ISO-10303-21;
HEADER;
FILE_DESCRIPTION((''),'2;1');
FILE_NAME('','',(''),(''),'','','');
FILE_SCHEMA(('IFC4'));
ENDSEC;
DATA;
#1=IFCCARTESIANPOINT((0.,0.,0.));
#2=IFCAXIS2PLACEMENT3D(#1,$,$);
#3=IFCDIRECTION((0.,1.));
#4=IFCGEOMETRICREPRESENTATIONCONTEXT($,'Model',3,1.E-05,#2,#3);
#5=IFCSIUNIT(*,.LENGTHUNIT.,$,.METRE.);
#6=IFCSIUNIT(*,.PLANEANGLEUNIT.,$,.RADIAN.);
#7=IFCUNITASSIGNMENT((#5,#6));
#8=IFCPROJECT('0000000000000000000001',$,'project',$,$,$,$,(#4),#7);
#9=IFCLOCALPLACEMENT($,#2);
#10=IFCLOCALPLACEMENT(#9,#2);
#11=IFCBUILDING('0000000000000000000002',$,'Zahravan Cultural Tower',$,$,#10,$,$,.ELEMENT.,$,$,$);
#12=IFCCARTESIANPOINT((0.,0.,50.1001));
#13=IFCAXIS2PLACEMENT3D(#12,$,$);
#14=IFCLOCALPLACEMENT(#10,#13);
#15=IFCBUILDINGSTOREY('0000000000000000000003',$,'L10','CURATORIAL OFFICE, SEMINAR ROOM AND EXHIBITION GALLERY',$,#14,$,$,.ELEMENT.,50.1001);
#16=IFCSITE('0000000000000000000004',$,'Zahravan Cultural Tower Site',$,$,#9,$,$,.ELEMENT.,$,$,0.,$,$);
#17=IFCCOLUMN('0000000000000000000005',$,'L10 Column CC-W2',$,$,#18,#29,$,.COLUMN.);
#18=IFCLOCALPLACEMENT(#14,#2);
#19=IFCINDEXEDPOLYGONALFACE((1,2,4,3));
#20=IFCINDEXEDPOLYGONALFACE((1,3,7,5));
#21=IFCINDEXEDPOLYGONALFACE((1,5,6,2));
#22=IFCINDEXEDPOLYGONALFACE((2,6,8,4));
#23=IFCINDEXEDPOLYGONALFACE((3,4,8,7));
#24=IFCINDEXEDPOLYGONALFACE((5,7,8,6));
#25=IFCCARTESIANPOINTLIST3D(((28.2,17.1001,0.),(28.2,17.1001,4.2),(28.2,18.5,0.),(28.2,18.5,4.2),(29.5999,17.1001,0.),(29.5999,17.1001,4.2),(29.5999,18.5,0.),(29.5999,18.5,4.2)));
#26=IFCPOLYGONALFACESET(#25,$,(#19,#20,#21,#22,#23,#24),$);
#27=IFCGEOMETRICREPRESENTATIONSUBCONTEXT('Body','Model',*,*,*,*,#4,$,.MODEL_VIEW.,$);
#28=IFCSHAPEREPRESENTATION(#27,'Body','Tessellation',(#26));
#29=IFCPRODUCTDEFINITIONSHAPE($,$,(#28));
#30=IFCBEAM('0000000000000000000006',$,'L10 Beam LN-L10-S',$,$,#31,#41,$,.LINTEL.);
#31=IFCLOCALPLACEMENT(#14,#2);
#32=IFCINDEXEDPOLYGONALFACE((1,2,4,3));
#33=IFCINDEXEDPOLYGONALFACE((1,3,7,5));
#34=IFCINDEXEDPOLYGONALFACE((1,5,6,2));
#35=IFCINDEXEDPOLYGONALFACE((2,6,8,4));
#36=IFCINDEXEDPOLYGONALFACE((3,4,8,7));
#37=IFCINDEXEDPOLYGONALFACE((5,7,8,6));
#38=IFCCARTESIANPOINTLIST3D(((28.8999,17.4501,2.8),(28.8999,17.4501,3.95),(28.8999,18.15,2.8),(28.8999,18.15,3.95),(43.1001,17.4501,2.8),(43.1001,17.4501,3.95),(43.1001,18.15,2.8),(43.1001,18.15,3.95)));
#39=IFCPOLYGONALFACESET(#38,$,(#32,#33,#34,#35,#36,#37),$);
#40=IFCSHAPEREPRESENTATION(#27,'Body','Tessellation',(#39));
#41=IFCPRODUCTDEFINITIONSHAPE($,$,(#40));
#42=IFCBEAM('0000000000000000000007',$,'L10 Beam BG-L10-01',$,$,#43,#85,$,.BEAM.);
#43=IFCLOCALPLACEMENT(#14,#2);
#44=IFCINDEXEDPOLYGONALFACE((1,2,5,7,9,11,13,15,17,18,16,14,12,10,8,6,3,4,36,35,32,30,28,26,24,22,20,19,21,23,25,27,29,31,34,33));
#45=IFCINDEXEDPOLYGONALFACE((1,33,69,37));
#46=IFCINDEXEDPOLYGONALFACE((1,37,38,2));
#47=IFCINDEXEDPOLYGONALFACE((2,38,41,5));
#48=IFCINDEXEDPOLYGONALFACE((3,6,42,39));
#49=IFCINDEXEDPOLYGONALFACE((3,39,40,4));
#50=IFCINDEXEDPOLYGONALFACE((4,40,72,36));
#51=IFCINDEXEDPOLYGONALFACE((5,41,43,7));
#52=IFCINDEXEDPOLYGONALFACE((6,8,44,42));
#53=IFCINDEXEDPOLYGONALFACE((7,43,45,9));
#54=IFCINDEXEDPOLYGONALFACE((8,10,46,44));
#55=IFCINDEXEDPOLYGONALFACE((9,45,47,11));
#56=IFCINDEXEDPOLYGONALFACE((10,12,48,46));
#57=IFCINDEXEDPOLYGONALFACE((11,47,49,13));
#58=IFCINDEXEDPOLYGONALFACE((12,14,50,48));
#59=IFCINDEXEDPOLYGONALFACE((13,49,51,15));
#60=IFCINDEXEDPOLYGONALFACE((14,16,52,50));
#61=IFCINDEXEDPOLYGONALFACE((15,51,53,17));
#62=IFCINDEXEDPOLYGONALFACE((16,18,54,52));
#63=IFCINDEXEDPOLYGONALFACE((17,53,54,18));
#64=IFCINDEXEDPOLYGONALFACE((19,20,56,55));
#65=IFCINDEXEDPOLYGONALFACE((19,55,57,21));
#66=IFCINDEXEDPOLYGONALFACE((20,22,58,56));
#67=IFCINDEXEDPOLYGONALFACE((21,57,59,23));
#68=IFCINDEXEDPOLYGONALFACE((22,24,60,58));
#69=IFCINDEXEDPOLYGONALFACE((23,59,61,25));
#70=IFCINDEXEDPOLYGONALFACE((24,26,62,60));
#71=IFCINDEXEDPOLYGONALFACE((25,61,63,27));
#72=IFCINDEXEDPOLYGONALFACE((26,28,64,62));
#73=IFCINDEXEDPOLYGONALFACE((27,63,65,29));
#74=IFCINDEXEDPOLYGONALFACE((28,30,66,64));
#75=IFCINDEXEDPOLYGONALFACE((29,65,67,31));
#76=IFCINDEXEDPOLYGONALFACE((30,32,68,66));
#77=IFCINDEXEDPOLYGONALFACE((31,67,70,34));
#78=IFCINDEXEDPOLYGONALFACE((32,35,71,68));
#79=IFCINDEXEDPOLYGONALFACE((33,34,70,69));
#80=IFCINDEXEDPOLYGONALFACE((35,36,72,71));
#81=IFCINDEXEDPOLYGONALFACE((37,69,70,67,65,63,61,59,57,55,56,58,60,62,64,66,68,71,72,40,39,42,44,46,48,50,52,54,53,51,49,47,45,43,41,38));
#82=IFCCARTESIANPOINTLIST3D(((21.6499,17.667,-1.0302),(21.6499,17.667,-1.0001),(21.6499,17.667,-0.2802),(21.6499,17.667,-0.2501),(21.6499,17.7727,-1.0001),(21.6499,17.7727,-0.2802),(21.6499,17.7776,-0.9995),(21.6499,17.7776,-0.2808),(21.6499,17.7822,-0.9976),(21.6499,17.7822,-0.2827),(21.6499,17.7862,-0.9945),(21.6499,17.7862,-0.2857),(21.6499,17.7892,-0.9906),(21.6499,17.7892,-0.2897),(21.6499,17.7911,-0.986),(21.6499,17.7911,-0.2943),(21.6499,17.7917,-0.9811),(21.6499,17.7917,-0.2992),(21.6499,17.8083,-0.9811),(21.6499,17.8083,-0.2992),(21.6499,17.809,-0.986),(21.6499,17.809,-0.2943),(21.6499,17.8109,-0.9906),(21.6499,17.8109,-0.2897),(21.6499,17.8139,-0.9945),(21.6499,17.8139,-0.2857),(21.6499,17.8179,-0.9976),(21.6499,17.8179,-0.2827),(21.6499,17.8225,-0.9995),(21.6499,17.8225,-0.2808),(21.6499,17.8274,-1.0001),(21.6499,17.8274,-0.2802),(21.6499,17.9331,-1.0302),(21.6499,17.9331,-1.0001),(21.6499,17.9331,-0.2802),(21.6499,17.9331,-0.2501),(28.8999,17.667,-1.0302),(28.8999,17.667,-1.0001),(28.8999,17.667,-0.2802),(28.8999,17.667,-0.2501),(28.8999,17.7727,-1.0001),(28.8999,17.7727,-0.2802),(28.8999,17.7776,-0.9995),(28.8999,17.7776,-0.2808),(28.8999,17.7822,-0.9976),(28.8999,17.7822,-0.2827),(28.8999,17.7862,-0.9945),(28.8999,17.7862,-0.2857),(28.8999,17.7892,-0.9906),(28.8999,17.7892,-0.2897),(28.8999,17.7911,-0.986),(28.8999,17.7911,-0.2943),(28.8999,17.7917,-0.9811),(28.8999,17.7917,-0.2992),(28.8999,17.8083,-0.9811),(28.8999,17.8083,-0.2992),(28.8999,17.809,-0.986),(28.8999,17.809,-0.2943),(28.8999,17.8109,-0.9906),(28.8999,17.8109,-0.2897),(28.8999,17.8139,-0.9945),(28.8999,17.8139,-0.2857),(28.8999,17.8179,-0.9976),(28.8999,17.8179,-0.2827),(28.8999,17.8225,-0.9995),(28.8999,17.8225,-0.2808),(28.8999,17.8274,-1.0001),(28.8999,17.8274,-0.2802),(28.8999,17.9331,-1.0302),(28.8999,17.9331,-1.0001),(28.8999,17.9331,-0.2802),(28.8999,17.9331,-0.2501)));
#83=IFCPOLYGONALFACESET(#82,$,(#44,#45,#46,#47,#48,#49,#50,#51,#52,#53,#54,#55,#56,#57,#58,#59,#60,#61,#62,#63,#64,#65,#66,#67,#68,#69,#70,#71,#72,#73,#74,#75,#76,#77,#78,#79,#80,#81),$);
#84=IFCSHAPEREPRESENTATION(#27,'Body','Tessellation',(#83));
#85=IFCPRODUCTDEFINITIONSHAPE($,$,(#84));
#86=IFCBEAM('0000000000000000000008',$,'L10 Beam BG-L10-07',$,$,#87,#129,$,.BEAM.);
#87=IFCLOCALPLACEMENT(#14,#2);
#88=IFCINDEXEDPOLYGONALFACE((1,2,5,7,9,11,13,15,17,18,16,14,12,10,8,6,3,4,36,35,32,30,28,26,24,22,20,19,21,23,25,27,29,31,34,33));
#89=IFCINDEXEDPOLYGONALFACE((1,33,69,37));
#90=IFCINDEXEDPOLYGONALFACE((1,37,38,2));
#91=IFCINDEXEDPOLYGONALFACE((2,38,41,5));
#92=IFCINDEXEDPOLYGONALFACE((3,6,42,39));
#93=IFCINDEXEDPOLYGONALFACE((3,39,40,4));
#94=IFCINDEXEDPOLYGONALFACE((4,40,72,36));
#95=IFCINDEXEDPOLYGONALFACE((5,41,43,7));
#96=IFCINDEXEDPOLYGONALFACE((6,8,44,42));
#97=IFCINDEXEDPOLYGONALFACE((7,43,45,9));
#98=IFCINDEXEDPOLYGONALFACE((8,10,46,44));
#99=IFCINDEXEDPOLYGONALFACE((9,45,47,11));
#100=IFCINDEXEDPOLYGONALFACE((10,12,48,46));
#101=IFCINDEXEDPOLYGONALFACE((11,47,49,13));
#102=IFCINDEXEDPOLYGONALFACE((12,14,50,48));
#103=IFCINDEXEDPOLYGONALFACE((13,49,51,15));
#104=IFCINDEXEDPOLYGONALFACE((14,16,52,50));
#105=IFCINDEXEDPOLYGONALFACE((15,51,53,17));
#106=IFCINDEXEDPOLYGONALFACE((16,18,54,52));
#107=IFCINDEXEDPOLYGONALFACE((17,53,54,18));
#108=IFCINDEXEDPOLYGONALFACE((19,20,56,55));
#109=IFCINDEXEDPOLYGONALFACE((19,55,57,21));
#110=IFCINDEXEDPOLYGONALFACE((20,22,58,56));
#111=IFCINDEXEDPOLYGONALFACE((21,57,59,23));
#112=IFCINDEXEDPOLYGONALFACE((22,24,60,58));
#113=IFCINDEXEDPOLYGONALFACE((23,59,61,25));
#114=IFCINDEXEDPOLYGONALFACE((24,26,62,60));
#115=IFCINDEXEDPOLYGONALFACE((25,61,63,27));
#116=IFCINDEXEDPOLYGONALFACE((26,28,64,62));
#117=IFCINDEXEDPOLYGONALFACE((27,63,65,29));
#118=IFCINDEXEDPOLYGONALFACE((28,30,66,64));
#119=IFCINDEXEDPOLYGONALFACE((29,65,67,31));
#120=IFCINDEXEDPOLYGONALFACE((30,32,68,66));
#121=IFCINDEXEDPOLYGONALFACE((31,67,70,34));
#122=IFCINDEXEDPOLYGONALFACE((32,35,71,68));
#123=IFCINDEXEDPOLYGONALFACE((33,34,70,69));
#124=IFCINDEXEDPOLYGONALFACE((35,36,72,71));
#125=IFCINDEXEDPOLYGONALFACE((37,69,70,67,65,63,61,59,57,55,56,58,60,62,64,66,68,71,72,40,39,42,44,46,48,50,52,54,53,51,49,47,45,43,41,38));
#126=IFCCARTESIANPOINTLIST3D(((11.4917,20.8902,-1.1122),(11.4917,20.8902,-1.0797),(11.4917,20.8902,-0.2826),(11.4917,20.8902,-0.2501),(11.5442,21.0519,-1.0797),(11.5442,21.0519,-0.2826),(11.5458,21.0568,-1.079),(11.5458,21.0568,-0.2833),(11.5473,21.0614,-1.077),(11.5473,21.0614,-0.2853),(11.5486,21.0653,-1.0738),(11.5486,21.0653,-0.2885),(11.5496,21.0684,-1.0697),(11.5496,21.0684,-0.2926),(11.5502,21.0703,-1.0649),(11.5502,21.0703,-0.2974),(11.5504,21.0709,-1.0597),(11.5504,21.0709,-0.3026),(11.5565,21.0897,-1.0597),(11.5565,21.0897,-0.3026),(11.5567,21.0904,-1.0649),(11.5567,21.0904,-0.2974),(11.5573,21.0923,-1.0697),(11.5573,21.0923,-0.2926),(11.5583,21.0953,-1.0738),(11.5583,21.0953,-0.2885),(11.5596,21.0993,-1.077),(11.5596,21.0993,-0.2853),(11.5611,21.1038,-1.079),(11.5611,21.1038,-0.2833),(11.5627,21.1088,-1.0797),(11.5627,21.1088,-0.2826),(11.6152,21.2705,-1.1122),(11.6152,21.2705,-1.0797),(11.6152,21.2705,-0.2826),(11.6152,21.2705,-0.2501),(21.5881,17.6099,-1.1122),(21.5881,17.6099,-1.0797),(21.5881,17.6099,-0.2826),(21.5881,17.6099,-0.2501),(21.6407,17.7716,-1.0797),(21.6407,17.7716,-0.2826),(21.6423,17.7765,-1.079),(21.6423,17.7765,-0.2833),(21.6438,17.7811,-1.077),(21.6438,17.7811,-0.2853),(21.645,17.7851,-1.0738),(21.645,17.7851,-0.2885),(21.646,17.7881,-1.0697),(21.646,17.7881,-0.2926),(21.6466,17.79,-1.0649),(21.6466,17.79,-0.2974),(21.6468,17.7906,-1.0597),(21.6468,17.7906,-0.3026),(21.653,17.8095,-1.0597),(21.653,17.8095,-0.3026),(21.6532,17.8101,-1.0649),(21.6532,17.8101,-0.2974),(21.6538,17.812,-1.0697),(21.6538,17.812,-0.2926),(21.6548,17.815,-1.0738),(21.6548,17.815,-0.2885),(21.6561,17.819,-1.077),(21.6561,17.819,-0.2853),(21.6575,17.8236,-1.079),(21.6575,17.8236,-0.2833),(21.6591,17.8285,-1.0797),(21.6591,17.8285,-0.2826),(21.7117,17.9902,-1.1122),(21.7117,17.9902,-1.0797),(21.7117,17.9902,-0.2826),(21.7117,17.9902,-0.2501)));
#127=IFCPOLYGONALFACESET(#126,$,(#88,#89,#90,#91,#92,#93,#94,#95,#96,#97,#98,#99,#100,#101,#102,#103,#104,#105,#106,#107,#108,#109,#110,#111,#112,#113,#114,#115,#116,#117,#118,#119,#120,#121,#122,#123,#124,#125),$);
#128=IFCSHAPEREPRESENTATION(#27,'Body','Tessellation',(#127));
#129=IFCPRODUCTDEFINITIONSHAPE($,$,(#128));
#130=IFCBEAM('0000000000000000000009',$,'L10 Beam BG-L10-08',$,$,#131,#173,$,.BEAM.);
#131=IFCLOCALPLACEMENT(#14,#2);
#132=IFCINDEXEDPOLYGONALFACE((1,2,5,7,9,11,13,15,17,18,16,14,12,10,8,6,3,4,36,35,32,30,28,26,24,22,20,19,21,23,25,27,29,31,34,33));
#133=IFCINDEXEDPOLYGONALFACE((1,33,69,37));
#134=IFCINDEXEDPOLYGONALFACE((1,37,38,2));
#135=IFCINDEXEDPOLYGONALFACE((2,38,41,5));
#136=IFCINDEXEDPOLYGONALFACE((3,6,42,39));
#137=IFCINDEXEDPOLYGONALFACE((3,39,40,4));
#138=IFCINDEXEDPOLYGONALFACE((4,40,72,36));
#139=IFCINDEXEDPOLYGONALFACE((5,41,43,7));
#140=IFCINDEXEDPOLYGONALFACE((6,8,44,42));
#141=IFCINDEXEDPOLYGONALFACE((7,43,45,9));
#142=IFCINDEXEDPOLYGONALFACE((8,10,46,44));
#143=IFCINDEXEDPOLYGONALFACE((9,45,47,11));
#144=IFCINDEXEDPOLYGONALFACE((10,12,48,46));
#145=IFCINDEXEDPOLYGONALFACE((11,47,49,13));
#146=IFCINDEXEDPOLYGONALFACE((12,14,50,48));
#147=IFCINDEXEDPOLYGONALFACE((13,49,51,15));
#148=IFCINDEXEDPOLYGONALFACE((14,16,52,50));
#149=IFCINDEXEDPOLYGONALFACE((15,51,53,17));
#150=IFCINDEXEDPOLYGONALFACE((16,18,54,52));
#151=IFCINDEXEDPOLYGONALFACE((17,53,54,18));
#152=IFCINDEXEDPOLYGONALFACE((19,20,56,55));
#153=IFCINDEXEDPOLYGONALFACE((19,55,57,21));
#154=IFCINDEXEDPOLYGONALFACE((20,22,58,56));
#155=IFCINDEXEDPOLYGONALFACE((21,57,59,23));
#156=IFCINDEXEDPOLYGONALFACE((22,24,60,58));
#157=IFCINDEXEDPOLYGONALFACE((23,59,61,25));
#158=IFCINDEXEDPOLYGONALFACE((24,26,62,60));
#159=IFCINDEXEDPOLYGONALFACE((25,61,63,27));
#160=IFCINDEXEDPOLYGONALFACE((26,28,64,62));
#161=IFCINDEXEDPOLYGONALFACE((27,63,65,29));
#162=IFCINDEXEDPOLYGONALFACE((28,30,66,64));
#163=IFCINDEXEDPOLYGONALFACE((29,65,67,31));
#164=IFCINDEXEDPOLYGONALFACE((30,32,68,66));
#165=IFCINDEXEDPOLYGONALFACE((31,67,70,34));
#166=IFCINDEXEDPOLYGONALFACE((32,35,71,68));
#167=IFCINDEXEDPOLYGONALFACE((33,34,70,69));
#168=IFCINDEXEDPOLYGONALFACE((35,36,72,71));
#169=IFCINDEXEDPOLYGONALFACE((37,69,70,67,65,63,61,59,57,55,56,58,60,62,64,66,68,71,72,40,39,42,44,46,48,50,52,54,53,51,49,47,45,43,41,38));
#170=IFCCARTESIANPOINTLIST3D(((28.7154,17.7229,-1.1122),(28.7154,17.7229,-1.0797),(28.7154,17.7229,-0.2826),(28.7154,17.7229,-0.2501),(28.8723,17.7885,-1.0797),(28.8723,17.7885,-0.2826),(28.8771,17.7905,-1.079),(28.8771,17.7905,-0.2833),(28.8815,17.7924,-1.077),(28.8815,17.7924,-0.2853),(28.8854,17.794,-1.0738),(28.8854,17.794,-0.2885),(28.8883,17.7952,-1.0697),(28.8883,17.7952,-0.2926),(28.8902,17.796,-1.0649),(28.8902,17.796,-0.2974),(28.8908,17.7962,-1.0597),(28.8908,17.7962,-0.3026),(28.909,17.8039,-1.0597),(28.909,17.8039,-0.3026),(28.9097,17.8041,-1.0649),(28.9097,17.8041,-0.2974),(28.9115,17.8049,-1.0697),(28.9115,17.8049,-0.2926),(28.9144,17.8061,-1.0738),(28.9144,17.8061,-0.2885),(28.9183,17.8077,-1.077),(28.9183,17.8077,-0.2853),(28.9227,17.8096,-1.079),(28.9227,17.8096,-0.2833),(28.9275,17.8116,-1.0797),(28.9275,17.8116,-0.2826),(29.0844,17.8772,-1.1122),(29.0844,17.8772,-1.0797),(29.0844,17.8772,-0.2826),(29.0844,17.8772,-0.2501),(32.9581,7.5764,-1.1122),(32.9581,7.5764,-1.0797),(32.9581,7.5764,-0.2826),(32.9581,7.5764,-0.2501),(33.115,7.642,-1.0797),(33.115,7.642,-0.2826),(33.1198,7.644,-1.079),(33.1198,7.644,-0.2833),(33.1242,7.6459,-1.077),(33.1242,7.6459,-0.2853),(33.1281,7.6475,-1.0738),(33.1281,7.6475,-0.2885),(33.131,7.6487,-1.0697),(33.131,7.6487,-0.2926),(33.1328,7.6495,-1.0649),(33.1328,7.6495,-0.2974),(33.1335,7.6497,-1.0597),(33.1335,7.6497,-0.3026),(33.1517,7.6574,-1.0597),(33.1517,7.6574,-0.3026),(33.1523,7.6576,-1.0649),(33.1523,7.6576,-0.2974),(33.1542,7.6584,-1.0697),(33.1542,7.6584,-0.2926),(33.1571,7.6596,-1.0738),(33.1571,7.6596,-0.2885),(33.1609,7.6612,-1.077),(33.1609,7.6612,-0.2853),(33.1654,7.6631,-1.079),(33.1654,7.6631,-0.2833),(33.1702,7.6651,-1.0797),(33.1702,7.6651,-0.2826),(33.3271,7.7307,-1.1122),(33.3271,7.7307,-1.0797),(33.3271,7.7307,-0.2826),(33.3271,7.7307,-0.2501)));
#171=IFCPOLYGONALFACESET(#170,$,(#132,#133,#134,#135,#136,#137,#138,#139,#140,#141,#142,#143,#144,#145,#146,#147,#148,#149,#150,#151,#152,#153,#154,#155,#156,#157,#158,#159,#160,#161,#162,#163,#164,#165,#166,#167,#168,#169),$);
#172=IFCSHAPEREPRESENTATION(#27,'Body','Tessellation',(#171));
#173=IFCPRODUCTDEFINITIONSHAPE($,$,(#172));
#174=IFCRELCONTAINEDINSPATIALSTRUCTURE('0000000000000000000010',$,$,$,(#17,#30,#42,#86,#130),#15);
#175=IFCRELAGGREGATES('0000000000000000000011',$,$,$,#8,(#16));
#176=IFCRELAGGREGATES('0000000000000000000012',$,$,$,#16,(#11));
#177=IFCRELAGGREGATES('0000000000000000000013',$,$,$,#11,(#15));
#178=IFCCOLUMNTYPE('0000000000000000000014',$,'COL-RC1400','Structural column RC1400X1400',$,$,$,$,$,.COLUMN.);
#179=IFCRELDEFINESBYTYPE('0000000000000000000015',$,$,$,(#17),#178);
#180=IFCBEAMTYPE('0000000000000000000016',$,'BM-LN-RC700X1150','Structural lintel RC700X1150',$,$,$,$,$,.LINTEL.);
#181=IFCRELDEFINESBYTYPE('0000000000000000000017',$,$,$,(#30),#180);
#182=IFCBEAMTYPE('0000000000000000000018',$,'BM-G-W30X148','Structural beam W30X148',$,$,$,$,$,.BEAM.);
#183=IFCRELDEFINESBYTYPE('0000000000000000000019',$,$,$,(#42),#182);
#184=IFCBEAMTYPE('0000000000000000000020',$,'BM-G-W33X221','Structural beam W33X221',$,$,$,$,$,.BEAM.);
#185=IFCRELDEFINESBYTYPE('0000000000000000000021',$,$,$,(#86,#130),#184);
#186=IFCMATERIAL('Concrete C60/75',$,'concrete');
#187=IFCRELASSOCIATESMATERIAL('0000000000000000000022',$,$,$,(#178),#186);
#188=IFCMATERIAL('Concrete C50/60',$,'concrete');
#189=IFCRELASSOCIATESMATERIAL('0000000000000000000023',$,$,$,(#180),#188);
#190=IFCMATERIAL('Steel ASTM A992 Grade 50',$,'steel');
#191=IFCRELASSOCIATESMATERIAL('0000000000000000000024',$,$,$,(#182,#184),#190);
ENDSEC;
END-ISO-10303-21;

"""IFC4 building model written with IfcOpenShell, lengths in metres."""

from ifc_helpers import new_model, si_unit, direction, frame, origin, origin_2d, place, context, subcontext, project, spatial, rectangle, i_section, extrude, source, transform, mapped, material, material_profile, profile_set, type_object, element, save


model = new_model("IFC4")

# Units and contexts
model_context = context("Model", 3, precision=1e-05, world=origin(), true_north=direction((0.0, 1.0)))
body_context = subcontext(model_context, "Body", "Model", "MODEL_VIEW")
ifc_project = project(units=[si_unit("LENGTHUNIT", "METRE"), si_unit("PLANEANGLEUNIT", "RADIAN")], contexts=[model_context])

# Site, building, storey
site_placement = place(None, origin())
site = spatial("IfcSite", under=ifc_project, at=site_placement, Name="Zahravan Cultural Tower Site", CompositionType="ELEMENT", RefElevation=0.0)
building_placement = place(site_placement, origin())
building = spatial("IfcBuilding", under=site, at=building_placement, Name="Zahravan Cultural Tower", CompositionType="ELEMENT")
storey_placement = place(building_placement, frame((0.0, 0.0, 50.1001)))
storey = spatial("IfcBuildingStorey", under=building, at=storey_placement, Name="L10", Description="CURATORIAL OFFICE, SEMINAR ROOM AND EXHIBITION GALLERY", CompositionType="ELEMENT", Elevation=50.1001)

# Column
ifc_material_1 = material(Name="Concrete C60/75", Category="concrete")
ifc_material_profile_1 = material_profile(ifc_material_1, rectangle(XDim=1.3999, YDim=1.3999, at=origin_2d()), Name="RC1400X1400")
ifc_profile_set_1 = profile_set([ifc_material_profile_1], Name="Concrete C60/75")
column_type = type_object("IfcColumnType", Name="COL-RC1400", Description="Structural column RC1400X1400", PredefinedType="COLUMN", material=ifc_profile_set_1)
shared_shape_1 = source(origin(), body_context, "Body", "SweptSolid", [
    extrude(rectangle(XDim=1.3999, YDim=1.3999, at=origin_2d()), origin(), (0.0, 0.0, 1.0), 4.2),
])
column_placement = place(storey_placement, frame((28.8999, 17.8, 0.0), z_axis=(0.0, 0.0, 1.0), x_axis=(1.0, 0.0, 0.0)))
element("IfcColumn", 1, at=column_placement, inside=storey, type_object=column_type, Name="L10 Column CC-W2", PredefinedType="COLUMN", context=body_context, shape_type="MappedRepresentation", body=[
    mapped(shared_shape_1, transform((0.0, 0.0, 0.0), x_axis=(1.0, 0.0, 0.0), y_axis=(0.0, 1.0, 0.0), z_axis=(0.0, 0.0, 1.0), scale=1.0)),
])

# Beams
ifc_material_2 = material(Name="Concrete C50/60", Category="concrete")
ifc_material_profile_2 = material_profile(ifc_material_2, rectangle(XDim=0.7, YDim=1.1499, at=origin_2d()), Name="RC700X1150")
ifc_profile_set_2 = profile_set([ifc_material_profile_2], Name="Concrete C50/60")
beam_type_1 = type_object("IfcBeamType", Name="BM-LN-RC700X1150", Description="Structural lintel RC700X1150", PredefinedType="LINTEL", material=ifc_profile_set_2)
shared_shape_2 = source(origin(), body_context, "Body", "SweptSolid", [
    extrude(rectangle(XDim=0.7, YDim=1.1499, at=origin_2d()), origin(), (0.0, 0.0, 1.0), 14.2002),
])
beam_1_placement = place(storey_placement, frame((28.8999, 17.8, 3.375), z_axis=(1.0, 0.0, 0.0), x_axis=(0.0, 1.0, 0.0)))
element("IfcBeam", 2, at=beam_1_placement, inside=storey, type_object=beam_type_1, Name="L10 Beam LN-L10-S", PredefinedType="LINTEL", context=body_context, shape_type="MappedRepresentation", body=[
    mapped(shared_shape_2, transform((0.0, 0.0, 0.0), x_axis=(1.0, 0.0, 0.0), y_axis=(0.0, 1.0, 0.0), z_axis=(0.0, 0.0, 1.0), scale=1.0)),
])
ifc_material_3 = material(Name="Steel ASTM A992 Grade 50", Category="steel")
ifc_material_profile_3 = material_profile(ifc_material_3, i_section(OverallWidth=0.2661, OverallDepth=0.78, WebThickness=0.0166, FlangeThickness=0.03, FilletRadius=0.019, at=origin_2d()), Name="W30X148")
ifc_profile_set_3 = profile_set([ifc_material_profile_3], Name="Steel ASTM A992 Grade 50")
beam_type_2 = type_object("IfcBeamType", Name="BM-G-W30X148", Description="Structural beam W30X148", PredefinedType="BEAM", material=ifc_profile_set_3)
shared_shape_3 = source(origin(), body_context, "Body", "SweptSolid", [
    extrude(i_section(OverallWidth=0.2661, OverallDepth=0.78, WebThickness=0.0166, FlangeThickness=0.03, FilletRadius=0.019, at=origin_2d()), origin(), (0.0, 0.0, 1.0), 7.25),
])
beam_2_placement = place(storey_placement, frame((21.6499, 17.8, -0.6401), z_axis=(1.0, 0.0, 0.0), x_axis=(0.0, 1.0, 0.0)))
element("IfcBeam", 3, at=beam_2_placement, inside=storey, type_object=beam_type_2, Name="L10 Beam BG-L10-01", PredefinedType="BEAM", context=body_context, shape_type="MappedRepresentation", body=[
    mapped(shared_shape_3, transform((0.0, 0.0, 0.0), x_axis=(1.0, 0.0, 0.0), y_axis=(0.0, 1.0, 0.0), z_axis=(0.0, 0.0, 1.0), scale=1.0)),
])
ifc_material_profile_4 = material_profile(ifc_material_3, i_section(OverallWidth=0.3999, OverallDepth=0.8621, WebThickness=0.0198, FlangeThickness=0.0325, FilletRadius=0.02, at=origin_2d()), Name="W33X221")
ifc_profile_set_4 = profile_set([ifc_material_profile_4], Name="Steel ASTM A992 Grade 50")
beam_type_3 = type_object("IfcBeamType", Name="BM-G-W33X221", Description="Structural beam W33X221", PredefinedType="BEAM", material=ifc_profile_set_4)
shared_shape_4 = source(origin(), body_context, "Body", "SweptSolid", [
    extrude(i_section(OverallWidth=0.3999, OverallDepth=0.8621, WebThickness=0.0198, FlangeThickness=0.0325, FilletRadius=0.02, at=origin_2d()), origin(), (0.0, 0.0, 1.0), 10.616),
])
beam_3_placement = place(storey_placement, frame((21.6499, 17.8, -0.6812), z_axis=(-0.951064, 0.308995, 0.0), x_axis=(-0.308995, -0.951064, 0.0)))
element("IfcBeam", 4, at=beam_3_placement, inside=storey, type_object=beam_type_3, Name="L10 Beam BG-L10-07", PredefinedType="BEAM", context=body_context, shape_type="MappedRepresentation", body=[
    mapped(shared_shape_4, transform((0.0, 0.0, 0.0), x_axis=(1.0, 0.0, 0.0), y_axis=(0.0, 1.0, 0.0), z_axis=(0.0, 0.0, 1.0), scale=1.0)),
])
shared_shape_5 = source(origin(), body_context, "Body", "SweptSolid", [
    extrude(i_section(OverallWidth=0.3999, OverallDepth=0.8621, WebThickness=0.0198, FlangeThickness=0.0325, FilletRadius=0.02, at=origin_2d()), origin(), (0.0, 0.0, 1.0), 10.9978),
])
beam_4_placement = place(storey_placement, frame((28.8999, 17.8, -0.6812), z_axis=(0.385775, -0.922593, 0.0), x_axis=(0.922593, 0.385775, 0.0)))
element("IfcBeam", 5, at=beam_4_placement, inside=storey, type_object=beam_type_3, Name="L10 Beam BG-L10-08", PredefinedType="BEAM", context=body_context, shape_type="MappedRepresentation", body=[
    mapped(shared_shape_5, transform((0.0, 0.0, 0.0), x_axis=(1.0, 0.0, 0.0), y_axis=(0.0, 1.0, 0.0), z_axis=(0.0, 0.0, 1.0), scale=1.0)),
])

save(model, "model.ifc")
